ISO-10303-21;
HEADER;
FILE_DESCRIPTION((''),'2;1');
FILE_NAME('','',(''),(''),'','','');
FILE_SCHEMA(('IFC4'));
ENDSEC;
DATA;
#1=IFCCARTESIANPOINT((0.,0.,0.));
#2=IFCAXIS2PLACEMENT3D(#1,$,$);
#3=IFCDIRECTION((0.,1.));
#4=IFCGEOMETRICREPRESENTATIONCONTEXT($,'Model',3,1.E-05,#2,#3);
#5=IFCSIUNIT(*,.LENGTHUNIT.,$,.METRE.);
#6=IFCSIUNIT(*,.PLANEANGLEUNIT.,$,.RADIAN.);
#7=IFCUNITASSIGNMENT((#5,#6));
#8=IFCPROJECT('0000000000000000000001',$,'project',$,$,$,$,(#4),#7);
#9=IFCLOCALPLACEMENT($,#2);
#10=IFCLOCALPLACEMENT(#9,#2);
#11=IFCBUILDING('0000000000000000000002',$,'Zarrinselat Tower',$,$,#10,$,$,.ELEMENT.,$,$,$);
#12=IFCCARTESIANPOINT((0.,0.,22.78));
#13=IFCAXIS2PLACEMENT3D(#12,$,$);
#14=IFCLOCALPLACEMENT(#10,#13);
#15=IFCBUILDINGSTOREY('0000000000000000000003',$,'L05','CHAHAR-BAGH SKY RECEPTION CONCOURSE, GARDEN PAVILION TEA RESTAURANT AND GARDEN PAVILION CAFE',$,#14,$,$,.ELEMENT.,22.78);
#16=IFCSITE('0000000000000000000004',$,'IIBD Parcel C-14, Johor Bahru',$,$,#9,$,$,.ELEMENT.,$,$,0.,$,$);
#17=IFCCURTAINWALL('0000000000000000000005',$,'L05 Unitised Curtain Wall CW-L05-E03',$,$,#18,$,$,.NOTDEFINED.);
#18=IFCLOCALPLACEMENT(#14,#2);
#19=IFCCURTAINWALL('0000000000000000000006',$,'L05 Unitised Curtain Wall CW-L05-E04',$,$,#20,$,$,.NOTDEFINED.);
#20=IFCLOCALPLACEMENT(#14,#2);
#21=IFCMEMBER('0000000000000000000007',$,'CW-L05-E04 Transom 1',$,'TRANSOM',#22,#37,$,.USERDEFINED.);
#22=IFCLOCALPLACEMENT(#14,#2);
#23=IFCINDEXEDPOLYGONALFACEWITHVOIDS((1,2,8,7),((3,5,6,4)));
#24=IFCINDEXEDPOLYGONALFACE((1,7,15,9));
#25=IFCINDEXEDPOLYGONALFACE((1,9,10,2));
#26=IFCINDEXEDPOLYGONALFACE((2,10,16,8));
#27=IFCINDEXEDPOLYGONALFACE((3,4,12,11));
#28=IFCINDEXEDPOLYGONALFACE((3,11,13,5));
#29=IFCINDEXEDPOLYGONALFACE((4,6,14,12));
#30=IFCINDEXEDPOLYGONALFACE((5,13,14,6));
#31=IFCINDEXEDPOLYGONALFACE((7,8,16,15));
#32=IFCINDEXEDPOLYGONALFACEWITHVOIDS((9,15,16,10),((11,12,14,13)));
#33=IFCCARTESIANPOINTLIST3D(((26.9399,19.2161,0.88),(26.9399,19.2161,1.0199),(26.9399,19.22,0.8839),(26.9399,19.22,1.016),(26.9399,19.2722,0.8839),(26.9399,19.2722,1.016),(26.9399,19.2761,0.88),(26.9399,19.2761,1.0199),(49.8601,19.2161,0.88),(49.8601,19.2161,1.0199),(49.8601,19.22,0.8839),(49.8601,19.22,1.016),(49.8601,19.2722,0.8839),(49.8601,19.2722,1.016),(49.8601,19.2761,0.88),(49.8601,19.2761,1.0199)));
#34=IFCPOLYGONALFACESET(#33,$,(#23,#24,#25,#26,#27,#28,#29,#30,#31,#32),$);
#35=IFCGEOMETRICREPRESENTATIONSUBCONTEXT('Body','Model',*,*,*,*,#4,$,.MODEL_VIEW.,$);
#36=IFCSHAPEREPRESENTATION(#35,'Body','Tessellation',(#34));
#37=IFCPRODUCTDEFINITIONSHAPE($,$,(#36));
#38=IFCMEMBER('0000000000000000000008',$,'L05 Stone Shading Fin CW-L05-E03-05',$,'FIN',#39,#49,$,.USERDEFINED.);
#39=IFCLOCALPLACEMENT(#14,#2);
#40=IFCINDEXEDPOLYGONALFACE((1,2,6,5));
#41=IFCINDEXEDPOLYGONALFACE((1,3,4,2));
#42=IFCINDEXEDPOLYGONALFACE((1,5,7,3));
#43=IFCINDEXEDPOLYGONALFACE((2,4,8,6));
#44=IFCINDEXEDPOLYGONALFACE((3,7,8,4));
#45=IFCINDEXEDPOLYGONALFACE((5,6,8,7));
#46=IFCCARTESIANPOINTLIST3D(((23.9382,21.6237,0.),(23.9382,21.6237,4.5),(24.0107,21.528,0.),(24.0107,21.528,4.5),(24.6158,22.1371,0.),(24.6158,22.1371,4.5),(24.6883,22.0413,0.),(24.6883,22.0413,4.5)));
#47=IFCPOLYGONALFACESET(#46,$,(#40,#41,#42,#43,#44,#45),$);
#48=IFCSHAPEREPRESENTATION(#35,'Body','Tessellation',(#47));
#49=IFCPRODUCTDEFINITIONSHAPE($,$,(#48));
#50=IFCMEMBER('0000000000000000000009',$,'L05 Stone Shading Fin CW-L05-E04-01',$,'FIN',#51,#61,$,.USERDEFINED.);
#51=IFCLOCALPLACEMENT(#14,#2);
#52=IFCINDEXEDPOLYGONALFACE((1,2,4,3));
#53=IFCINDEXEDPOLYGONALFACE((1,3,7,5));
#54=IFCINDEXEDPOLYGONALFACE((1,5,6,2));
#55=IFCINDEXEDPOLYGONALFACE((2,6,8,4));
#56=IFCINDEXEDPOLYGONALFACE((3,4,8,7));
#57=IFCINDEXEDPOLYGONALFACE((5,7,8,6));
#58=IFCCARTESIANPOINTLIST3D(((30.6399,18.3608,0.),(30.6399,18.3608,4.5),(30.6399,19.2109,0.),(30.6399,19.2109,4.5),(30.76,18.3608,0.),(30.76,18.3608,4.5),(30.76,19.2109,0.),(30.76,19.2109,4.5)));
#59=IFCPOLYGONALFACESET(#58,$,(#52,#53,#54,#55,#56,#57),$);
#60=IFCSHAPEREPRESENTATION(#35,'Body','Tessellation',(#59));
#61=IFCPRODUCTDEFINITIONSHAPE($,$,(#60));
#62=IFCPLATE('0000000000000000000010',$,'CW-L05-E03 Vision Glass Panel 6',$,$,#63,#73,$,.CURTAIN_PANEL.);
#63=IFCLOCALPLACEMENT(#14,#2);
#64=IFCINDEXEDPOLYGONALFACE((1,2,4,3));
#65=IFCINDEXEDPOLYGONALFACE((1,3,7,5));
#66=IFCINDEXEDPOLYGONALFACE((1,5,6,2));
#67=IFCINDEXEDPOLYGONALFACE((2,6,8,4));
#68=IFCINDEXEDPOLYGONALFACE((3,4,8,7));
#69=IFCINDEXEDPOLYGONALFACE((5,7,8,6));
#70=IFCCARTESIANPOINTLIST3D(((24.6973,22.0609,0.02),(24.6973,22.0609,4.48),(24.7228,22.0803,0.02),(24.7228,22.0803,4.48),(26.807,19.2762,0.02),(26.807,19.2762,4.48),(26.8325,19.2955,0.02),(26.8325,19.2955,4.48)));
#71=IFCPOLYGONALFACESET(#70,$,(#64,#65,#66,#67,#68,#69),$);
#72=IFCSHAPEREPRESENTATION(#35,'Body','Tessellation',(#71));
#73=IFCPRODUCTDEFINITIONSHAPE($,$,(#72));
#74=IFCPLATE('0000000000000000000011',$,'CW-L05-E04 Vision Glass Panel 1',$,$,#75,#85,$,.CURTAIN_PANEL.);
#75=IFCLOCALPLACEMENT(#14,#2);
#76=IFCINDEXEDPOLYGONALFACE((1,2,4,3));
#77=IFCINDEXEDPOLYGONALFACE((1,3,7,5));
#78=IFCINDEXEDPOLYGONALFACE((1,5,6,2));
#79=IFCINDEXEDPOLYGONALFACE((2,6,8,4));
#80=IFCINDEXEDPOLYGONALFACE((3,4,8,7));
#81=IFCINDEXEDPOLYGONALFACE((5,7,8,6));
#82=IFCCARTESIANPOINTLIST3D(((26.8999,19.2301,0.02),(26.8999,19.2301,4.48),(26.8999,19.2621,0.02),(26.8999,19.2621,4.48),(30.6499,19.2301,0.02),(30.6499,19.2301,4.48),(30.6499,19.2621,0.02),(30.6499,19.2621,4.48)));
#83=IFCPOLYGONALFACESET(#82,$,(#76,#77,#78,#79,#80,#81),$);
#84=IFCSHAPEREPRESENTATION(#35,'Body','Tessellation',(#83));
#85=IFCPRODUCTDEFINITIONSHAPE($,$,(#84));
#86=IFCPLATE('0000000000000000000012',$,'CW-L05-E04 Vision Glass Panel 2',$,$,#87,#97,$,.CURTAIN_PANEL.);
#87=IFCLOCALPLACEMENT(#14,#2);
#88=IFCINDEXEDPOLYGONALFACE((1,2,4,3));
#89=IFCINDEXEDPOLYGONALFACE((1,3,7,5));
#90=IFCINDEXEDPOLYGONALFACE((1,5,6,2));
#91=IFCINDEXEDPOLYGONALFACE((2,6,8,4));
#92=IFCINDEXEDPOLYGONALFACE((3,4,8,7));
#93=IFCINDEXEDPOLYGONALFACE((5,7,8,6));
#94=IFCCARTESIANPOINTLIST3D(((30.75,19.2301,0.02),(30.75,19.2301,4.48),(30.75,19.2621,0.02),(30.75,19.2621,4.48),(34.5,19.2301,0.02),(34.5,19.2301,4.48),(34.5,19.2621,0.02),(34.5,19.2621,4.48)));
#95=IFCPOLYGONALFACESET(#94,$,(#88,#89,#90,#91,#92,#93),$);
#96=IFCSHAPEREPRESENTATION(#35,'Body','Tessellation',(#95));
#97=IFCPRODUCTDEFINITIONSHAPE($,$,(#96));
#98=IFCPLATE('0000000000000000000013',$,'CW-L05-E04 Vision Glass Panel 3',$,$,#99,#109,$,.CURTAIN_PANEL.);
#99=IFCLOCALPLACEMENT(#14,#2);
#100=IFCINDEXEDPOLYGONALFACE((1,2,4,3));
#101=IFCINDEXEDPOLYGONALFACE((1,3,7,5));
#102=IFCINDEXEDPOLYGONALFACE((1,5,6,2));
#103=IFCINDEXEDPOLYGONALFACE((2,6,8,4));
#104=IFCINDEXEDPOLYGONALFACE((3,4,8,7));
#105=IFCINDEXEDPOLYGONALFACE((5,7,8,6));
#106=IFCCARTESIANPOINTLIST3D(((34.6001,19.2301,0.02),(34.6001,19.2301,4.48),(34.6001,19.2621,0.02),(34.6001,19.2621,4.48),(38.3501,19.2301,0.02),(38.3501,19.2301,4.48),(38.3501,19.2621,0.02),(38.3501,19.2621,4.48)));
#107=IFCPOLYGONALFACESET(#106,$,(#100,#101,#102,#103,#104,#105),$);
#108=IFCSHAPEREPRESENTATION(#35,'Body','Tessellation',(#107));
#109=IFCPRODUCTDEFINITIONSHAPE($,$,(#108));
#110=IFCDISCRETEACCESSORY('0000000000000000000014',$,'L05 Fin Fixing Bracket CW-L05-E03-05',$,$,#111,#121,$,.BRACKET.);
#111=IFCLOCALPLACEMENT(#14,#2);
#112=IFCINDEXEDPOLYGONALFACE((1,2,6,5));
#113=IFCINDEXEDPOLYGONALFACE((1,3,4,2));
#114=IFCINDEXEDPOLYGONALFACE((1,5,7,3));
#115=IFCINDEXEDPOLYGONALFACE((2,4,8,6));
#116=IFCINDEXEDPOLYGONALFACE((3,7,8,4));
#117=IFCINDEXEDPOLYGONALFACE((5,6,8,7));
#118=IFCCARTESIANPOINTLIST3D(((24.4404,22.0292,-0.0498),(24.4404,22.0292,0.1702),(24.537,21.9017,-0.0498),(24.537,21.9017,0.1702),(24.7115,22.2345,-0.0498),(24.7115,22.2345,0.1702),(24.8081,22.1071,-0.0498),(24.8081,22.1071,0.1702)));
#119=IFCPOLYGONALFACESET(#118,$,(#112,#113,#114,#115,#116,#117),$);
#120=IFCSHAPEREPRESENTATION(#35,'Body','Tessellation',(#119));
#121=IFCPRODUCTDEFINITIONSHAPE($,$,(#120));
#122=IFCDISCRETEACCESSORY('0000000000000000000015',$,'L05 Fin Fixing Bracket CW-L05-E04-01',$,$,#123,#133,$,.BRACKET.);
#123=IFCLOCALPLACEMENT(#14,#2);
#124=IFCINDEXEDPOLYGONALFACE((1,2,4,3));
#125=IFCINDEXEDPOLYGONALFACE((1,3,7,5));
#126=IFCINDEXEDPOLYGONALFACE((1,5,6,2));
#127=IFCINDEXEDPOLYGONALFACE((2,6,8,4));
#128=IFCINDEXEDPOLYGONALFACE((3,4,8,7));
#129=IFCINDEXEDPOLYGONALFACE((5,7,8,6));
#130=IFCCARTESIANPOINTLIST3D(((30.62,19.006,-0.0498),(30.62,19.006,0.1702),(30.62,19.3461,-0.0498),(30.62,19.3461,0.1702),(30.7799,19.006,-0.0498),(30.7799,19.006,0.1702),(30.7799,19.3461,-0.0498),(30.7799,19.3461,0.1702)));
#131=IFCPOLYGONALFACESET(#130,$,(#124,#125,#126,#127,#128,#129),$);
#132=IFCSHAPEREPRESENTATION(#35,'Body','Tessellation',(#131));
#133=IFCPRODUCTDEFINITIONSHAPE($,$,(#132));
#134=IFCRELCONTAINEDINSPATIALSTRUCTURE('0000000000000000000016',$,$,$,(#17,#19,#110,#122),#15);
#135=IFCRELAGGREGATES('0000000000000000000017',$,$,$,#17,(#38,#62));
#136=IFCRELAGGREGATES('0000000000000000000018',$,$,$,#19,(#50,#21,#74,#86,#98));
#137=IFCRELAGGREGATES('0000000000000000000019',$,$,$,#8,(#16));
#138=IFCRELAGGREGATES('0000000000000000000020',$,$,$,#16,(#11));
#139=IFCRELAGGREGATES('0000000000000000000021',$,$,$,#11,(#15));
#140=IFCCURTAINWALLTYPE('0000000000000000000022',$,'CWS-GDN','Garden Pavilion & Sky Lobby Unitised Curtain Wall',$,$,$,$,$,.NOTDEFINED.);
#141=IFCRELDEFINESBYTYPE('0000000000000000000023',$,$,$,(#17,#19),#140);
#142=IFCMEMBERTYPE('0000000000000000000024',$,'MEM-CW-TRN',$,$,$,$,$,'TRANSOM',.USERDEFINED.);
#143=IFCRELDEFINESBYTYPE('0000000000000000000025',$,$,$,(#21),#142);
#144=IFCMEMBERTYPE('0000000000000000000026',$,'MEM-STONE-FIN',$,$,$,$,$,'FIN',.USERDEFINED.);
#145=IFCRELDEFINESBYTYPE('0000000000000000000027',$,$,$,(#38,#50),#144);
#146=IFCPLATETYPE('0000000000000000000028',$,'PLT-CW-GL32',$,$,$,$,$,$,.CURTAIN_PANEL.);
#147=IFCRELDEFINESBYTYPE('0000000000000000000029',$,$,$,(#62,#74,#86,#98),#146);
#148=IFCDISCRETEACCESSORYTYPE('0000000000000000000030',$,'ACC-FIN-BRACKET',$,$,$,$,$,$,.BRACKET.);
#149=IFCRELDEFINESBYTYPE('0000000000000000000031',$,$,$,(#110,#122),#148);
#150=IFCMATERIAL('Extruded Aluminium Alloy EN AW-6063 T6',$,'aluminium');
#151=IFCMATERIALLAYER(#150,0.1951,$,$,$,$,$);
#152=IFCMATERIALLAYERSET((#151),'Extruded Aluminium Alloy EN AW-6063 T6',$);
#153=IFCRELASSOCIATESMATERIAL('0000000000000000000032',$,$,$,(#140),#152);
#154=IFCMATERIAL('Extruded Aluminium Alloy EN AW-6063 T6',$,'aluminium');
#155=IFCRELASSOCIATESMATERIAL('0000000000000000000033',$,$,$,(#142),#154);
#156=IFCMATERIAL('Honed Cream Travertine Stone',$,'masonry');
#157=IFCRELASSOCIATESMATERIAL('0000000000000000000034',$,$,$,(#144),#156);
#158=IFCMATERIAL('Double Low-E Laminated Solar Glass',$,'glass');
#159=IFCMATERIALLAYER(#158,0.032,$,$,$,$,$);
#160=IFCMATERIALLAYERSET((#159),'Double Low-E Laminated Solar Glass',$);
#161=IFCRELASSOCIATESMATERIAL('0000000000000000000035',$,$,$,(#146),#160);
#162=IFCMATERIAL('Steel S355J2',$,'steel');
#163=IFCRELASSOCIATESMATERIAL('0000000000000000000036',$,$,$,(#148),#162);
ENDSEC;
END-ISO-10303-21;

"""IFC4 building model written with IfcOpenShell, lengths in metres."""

from ifc_helpers import new_model, si_unit, direction, frame, origin, origin_2d, place, context, subcontext, project, spatial, rectangle, hollow_rectangle, extrude, material, layer, layer_set, material_profile, profile_set, type_object, element, aggregate, save


model = new_model("IFC4")

# Units and contexts
model_context = context("Model", 3, precision=1e-05, world=origin(), true_north=direction((0.0, 1.0)))
body_context = subcontext(model_context, "Body", "Model", "MODEL_VIEW")
ifc_project = project(units=[si_unit("LENGTHUNIT", "METRE"), si_unit("PLANEANGLEUNIT", "RADIAN")], contexts=[model_context])

# Site, building, storey
site_placement = place(None, origin())
site = spatial("IfcSite", under=ifc_project, at=site_placement, Name="IIBD Parcel C-14, Johor Bahru", CompositionType="ELEMENT", RefElevation=0.0)
building_placement = place(site_placement, origin())
building = spatial("IfcBuilding", under=site, at=building_placement, Name="Zarrinselat Tower", CompositionType="ELEMENT")
storey_placement = place(building_placement, frame((0.0, 0.0, 22.78)))
storey = spatial("IfcBuildingStorey", under=building, at=storey_placement, Name="L05", Description="CHAHAR-BAGH SKY RECEPTION CONCOURSE, GARDEN PAVILION TEA RESTAURANT AND GARDEN PAVILION CAFE", CompositionType="ELEMENT", Elevation=22.78)

# Curtain walls, member
ifc_material_1 = material(Name="Extruded Aluminium Alloy EN AW-6063 T6", Category="aluminium")
ifc_layer_1 = layer(ifc_material_1, 0.1951)
ifc_layer_set_1 = layer_set([ifc_layer_1], Name="Extruded Aluminium Alloy EN AW-6063 T6")
curtain_wall_type = type_object("IfcCurtainWallType", Name="CWS-GDN", Description="Garden Pavilion & Sky Lobby Unitised Curtain Wall", PredefinedType="NOTDEFINED", material=ifc_layer_set_1)
curtain_wall_1_placement = place(storey_placement, origin())
curtain_wall_1 = element("IfcCurtainWall", 1, at=curtain_wall_1_placement, inside=storey, type_object=curtain_wall_type, Name="L05 Unitised Curtain Wall CW-L05-E03", PredefinedType="NOTDEFINED")
curtain_wall_2_placement = place(storey_placement, origin())
curtain_wall_2 = element("IfcCurtainWall", 2, at=curtain_wall_2_placement, inside=storey, type_object=curtain_wall_type, Name="L05 Unitised Curtain Wall CW-L05-E04", PredefinedType="NOTDEFINED")
ifc_material_2 = material(Name="Extruded Aluminium Alloy EN AW-6063 T6", Category="aluminium")
ifc_material_profile_1 = material_profile(ifc_material_2, hollow_rectangle(XDim=0.0601, YDim=0.1399, WallThickness=0.0039, at=origin_2d()), Name="RHS 140x60x4")
ifc_profile_set_1 = profile_set([ifc_material_profile_1], Name="Extruded Aluminium Alloy EN AW-6063 T6")
member_type_1 = type_object("IfcMemberType", Name="MEM-CW-TRN", ElementType="TRANSOM", PredefinedType="USERDEFINED", material=ifc_profile_set_1)
member_1_placement = place(storey_placement, frame((26.9399, 19.2461, 0.95), z_axis=(1.0, 0.0, 0.0), x_axis=(0.0, 1.0, 0.0)))
member_1 = element("IfcMember", 3, at=member_1_placement, type_object=member_type_1, Name="CW-L05-E04 Transom 1", ObjectType="TRANSOM", PredefinedType="USERDEFINED", context=body_context, shape_type="SweptSolid", body=[
    extrude(hollow_rectangle(XDim=0.0601, YDim=0.1399, WallThickness=0.0039, at=origin_2d()), origin(), (0.0, 0.0, 1.0), 22.9202),
])

# Members
ifc_material_3 = material(Name="Honed Cream Travertine Stone", Category="masonry")
ifc_material_profile_2 = material_profile(ifc_material_3, rectangle(XDim=0.1201, YDim=0.8501, at=origin_2d()), Name="FIN 850x120")
ifc_profile_set_2 = profile_set([ifc_material_profile_2], Name="Honed Cream Travertine Stone")
member_type_2 = type_object("IfcMemberType", Name="MEM-STONE-FIN", ElementType="FIN", PredefinedType="USERDEFINED", material=ifc_profile_set_2)
member_2_placement = place(storey_placement, frame((24.3132, 21.8325, 0.0), z_axis=(0.0, 0.0, 1.0), x_axis=(-0.603858, 0.797092, 0.0)))
member_2 = element("IfcMember", 4, at=member_2_placement, type_object=member_type_2, Name="L05 Stone Shading Fin CW-L05-E03-05", ObjectType="FIN", PredefinedType="USERDEFINED", context=body_context, shape_type="SweptSolid", body=[
    extrude(rectangle(XDim=0.1201, YDim=0.8501, at=origin_2d()), origin(), (0.0, 0.0, 1.0), 4.5),
])
member_3_placement = place(storey_placement, frame((30.7, 18.7859, 0.0), z_axis=(0.0, 0.0, 1.0), x_axis=(-1.0, 0.0, 0.0)))
member_3 = element("IfcMember", 5, at=member_3_placement, type_object=member_type_2, Name="L05 Stone Shading Fin CW-L05-E04-01", ObjectType="FIN", PredefinedType="USERDEFINED", context=body_context, shape_type="SweptSolid", body=[
    extrude(rectangle(XDim=0.1201, YDim=0.8501, at=origin_2d()), origin(), (0.0, 0.0, 1.0), 4.5),
])

# Plates
ifc_material_4 = material(Name="Double Low-E Laminated Solar Glass", Category="glass")
ifc_layer_2 = layer(ifc_material_4, 0.032)
ifc_layer_set_2 = layer_set([ifc_layer_2], Name="Double Low-E Laminated Solar Glass")
plate_type = type_object("IfcPlateType", Name="PLT-CW-GL32", PredefinedType="CURTAIN_PANEL", material=ifc_layer_set_2)
plate_1_placement = place(storey_placement, frame((25.7649, 20.6782, 0.02), z_axis=(0.0, 0.0, 1.0), x_axis=(0.603858, -0.797092, 0.0)))
plate_1 = element("IfcPlate", 6, at=plate_1_placement, type_object=plate_type, Name="CW-L05-E03 Vision Glass Panel 6", PredefinedType="CURTAIN_PANEL", context=body_context, shape_type="SweptSolid", body=[
    extrude(rectangle(XDim=3.4937, YDim=0.032, at=origin_2d()), origin(), (0.0, 0.0, 1.0), 4.46),
])
aggregate(curtain_wall_1, [member_2, plate_1])
plate_2_placement = place(storey_placement, frame((28.7749, 19.2461, 0.02), z_axis=(0.0, 0.0, 1.0), x_axis=(1.0, 0.0, 0.0)))
plate_2 = element("IfcPlate", 7, at=plate_2_placement, type_object=plate_type, Name="CW-L05-E04 Vision Glass Panel 1", PredefinedType="CURTAIN_PANEL", context=body_context, shape_type="SweptSolid", body=[
    extrude(rectangle(XDim=3.75, YDim=0.032, at=origin_2d()), origin(), (0.0, 0.0, 1.0), 4.46),
])
plate_3_placement = place(storey_placement, frame((32.625, 19.2461, 0.02), z_axis=(0.0, 0.0, 1.0), x_axis=(1.0, 0.0, 0.0)))
plate_3 = element("IfcPlate", 8, at=plate_3_placement, type_object=plate_type, Name="CW-L05-E04 Vision Glass Panel 2", PredefinedType="CURTAIN_PANEL", context=body_context, shape_type="SweptSolid", body=[
    extrude(rectangle(XDim=3.75, YDim=0.032, at=origin_2d()), origin(), (0.0, 0.0, 1.0), 4.46),
])
plate_4_placement = place(storey_placement, frame((36.4751, 19.2461, 0.02), z_axis=(0.0, 0.0, 1.0), x_axis=(1.0, 0.0, 0.0)))
plate_4 = element("IfcPlate", 9, at=plate_4_placement, type_object=plate_type, Name="CW-L05-E04 Vision Glass Panel 3", PredefinedType="CURTAIN_PANEL", context=body_context, shape_type="SweptSolid", body=[
    extrude(rectangle(XDim=3.75, YDim=0.032, at=origin_2d()), origin(), (0.0, 0.0, 1.0), 4.46),
])
aggregate(curtain_wall_2, [member_3, member_1, plate_2, plate_3, plate_4])

# Discrete accessories
ifc_material_5 = material(Name="Steel S355J2", Category="steel")
discrete_accessory_type = type_object("IfcDiscreteAccessoryType", Name="ACC-FIN-BRACKET", PredefinedType="BRACKET", material=ifc_material_5)
for number, where, z_axis, x_axis, name in (
    (10, (24.6243, 22.0681, -0.0498), (0.0, 0.0, 1.0), (-0.797092, -0.603858, 0.0), "L05 Fin Fixing Bracket CW-L05-E03-05"),
    (11, (30.7, 19.176, -0.0498), (0.0, 0.0, 1.0), (0.0, -1.0, 0.0), "L05 Fin Fixing Bracket CW-L05-E04-01"),
):
    element("IfcDiscreteAccessory", number, at=place(storey_placement, frame(where, z_axis=z_axis, x_axis=x_axis)), inside=storey, type_object=discrete_accessory_type, Name=name, PredefinedType="BRACKET", context=body_context, shape_type="SweptSolid", body=[
        extrude(rectangle(XDim=0.3401, YDim=0.1599, at=origin_2d()), origin(), (0.0, 0.0, 1.0), 0.22),
    ])

save(model, "model.ifc")
